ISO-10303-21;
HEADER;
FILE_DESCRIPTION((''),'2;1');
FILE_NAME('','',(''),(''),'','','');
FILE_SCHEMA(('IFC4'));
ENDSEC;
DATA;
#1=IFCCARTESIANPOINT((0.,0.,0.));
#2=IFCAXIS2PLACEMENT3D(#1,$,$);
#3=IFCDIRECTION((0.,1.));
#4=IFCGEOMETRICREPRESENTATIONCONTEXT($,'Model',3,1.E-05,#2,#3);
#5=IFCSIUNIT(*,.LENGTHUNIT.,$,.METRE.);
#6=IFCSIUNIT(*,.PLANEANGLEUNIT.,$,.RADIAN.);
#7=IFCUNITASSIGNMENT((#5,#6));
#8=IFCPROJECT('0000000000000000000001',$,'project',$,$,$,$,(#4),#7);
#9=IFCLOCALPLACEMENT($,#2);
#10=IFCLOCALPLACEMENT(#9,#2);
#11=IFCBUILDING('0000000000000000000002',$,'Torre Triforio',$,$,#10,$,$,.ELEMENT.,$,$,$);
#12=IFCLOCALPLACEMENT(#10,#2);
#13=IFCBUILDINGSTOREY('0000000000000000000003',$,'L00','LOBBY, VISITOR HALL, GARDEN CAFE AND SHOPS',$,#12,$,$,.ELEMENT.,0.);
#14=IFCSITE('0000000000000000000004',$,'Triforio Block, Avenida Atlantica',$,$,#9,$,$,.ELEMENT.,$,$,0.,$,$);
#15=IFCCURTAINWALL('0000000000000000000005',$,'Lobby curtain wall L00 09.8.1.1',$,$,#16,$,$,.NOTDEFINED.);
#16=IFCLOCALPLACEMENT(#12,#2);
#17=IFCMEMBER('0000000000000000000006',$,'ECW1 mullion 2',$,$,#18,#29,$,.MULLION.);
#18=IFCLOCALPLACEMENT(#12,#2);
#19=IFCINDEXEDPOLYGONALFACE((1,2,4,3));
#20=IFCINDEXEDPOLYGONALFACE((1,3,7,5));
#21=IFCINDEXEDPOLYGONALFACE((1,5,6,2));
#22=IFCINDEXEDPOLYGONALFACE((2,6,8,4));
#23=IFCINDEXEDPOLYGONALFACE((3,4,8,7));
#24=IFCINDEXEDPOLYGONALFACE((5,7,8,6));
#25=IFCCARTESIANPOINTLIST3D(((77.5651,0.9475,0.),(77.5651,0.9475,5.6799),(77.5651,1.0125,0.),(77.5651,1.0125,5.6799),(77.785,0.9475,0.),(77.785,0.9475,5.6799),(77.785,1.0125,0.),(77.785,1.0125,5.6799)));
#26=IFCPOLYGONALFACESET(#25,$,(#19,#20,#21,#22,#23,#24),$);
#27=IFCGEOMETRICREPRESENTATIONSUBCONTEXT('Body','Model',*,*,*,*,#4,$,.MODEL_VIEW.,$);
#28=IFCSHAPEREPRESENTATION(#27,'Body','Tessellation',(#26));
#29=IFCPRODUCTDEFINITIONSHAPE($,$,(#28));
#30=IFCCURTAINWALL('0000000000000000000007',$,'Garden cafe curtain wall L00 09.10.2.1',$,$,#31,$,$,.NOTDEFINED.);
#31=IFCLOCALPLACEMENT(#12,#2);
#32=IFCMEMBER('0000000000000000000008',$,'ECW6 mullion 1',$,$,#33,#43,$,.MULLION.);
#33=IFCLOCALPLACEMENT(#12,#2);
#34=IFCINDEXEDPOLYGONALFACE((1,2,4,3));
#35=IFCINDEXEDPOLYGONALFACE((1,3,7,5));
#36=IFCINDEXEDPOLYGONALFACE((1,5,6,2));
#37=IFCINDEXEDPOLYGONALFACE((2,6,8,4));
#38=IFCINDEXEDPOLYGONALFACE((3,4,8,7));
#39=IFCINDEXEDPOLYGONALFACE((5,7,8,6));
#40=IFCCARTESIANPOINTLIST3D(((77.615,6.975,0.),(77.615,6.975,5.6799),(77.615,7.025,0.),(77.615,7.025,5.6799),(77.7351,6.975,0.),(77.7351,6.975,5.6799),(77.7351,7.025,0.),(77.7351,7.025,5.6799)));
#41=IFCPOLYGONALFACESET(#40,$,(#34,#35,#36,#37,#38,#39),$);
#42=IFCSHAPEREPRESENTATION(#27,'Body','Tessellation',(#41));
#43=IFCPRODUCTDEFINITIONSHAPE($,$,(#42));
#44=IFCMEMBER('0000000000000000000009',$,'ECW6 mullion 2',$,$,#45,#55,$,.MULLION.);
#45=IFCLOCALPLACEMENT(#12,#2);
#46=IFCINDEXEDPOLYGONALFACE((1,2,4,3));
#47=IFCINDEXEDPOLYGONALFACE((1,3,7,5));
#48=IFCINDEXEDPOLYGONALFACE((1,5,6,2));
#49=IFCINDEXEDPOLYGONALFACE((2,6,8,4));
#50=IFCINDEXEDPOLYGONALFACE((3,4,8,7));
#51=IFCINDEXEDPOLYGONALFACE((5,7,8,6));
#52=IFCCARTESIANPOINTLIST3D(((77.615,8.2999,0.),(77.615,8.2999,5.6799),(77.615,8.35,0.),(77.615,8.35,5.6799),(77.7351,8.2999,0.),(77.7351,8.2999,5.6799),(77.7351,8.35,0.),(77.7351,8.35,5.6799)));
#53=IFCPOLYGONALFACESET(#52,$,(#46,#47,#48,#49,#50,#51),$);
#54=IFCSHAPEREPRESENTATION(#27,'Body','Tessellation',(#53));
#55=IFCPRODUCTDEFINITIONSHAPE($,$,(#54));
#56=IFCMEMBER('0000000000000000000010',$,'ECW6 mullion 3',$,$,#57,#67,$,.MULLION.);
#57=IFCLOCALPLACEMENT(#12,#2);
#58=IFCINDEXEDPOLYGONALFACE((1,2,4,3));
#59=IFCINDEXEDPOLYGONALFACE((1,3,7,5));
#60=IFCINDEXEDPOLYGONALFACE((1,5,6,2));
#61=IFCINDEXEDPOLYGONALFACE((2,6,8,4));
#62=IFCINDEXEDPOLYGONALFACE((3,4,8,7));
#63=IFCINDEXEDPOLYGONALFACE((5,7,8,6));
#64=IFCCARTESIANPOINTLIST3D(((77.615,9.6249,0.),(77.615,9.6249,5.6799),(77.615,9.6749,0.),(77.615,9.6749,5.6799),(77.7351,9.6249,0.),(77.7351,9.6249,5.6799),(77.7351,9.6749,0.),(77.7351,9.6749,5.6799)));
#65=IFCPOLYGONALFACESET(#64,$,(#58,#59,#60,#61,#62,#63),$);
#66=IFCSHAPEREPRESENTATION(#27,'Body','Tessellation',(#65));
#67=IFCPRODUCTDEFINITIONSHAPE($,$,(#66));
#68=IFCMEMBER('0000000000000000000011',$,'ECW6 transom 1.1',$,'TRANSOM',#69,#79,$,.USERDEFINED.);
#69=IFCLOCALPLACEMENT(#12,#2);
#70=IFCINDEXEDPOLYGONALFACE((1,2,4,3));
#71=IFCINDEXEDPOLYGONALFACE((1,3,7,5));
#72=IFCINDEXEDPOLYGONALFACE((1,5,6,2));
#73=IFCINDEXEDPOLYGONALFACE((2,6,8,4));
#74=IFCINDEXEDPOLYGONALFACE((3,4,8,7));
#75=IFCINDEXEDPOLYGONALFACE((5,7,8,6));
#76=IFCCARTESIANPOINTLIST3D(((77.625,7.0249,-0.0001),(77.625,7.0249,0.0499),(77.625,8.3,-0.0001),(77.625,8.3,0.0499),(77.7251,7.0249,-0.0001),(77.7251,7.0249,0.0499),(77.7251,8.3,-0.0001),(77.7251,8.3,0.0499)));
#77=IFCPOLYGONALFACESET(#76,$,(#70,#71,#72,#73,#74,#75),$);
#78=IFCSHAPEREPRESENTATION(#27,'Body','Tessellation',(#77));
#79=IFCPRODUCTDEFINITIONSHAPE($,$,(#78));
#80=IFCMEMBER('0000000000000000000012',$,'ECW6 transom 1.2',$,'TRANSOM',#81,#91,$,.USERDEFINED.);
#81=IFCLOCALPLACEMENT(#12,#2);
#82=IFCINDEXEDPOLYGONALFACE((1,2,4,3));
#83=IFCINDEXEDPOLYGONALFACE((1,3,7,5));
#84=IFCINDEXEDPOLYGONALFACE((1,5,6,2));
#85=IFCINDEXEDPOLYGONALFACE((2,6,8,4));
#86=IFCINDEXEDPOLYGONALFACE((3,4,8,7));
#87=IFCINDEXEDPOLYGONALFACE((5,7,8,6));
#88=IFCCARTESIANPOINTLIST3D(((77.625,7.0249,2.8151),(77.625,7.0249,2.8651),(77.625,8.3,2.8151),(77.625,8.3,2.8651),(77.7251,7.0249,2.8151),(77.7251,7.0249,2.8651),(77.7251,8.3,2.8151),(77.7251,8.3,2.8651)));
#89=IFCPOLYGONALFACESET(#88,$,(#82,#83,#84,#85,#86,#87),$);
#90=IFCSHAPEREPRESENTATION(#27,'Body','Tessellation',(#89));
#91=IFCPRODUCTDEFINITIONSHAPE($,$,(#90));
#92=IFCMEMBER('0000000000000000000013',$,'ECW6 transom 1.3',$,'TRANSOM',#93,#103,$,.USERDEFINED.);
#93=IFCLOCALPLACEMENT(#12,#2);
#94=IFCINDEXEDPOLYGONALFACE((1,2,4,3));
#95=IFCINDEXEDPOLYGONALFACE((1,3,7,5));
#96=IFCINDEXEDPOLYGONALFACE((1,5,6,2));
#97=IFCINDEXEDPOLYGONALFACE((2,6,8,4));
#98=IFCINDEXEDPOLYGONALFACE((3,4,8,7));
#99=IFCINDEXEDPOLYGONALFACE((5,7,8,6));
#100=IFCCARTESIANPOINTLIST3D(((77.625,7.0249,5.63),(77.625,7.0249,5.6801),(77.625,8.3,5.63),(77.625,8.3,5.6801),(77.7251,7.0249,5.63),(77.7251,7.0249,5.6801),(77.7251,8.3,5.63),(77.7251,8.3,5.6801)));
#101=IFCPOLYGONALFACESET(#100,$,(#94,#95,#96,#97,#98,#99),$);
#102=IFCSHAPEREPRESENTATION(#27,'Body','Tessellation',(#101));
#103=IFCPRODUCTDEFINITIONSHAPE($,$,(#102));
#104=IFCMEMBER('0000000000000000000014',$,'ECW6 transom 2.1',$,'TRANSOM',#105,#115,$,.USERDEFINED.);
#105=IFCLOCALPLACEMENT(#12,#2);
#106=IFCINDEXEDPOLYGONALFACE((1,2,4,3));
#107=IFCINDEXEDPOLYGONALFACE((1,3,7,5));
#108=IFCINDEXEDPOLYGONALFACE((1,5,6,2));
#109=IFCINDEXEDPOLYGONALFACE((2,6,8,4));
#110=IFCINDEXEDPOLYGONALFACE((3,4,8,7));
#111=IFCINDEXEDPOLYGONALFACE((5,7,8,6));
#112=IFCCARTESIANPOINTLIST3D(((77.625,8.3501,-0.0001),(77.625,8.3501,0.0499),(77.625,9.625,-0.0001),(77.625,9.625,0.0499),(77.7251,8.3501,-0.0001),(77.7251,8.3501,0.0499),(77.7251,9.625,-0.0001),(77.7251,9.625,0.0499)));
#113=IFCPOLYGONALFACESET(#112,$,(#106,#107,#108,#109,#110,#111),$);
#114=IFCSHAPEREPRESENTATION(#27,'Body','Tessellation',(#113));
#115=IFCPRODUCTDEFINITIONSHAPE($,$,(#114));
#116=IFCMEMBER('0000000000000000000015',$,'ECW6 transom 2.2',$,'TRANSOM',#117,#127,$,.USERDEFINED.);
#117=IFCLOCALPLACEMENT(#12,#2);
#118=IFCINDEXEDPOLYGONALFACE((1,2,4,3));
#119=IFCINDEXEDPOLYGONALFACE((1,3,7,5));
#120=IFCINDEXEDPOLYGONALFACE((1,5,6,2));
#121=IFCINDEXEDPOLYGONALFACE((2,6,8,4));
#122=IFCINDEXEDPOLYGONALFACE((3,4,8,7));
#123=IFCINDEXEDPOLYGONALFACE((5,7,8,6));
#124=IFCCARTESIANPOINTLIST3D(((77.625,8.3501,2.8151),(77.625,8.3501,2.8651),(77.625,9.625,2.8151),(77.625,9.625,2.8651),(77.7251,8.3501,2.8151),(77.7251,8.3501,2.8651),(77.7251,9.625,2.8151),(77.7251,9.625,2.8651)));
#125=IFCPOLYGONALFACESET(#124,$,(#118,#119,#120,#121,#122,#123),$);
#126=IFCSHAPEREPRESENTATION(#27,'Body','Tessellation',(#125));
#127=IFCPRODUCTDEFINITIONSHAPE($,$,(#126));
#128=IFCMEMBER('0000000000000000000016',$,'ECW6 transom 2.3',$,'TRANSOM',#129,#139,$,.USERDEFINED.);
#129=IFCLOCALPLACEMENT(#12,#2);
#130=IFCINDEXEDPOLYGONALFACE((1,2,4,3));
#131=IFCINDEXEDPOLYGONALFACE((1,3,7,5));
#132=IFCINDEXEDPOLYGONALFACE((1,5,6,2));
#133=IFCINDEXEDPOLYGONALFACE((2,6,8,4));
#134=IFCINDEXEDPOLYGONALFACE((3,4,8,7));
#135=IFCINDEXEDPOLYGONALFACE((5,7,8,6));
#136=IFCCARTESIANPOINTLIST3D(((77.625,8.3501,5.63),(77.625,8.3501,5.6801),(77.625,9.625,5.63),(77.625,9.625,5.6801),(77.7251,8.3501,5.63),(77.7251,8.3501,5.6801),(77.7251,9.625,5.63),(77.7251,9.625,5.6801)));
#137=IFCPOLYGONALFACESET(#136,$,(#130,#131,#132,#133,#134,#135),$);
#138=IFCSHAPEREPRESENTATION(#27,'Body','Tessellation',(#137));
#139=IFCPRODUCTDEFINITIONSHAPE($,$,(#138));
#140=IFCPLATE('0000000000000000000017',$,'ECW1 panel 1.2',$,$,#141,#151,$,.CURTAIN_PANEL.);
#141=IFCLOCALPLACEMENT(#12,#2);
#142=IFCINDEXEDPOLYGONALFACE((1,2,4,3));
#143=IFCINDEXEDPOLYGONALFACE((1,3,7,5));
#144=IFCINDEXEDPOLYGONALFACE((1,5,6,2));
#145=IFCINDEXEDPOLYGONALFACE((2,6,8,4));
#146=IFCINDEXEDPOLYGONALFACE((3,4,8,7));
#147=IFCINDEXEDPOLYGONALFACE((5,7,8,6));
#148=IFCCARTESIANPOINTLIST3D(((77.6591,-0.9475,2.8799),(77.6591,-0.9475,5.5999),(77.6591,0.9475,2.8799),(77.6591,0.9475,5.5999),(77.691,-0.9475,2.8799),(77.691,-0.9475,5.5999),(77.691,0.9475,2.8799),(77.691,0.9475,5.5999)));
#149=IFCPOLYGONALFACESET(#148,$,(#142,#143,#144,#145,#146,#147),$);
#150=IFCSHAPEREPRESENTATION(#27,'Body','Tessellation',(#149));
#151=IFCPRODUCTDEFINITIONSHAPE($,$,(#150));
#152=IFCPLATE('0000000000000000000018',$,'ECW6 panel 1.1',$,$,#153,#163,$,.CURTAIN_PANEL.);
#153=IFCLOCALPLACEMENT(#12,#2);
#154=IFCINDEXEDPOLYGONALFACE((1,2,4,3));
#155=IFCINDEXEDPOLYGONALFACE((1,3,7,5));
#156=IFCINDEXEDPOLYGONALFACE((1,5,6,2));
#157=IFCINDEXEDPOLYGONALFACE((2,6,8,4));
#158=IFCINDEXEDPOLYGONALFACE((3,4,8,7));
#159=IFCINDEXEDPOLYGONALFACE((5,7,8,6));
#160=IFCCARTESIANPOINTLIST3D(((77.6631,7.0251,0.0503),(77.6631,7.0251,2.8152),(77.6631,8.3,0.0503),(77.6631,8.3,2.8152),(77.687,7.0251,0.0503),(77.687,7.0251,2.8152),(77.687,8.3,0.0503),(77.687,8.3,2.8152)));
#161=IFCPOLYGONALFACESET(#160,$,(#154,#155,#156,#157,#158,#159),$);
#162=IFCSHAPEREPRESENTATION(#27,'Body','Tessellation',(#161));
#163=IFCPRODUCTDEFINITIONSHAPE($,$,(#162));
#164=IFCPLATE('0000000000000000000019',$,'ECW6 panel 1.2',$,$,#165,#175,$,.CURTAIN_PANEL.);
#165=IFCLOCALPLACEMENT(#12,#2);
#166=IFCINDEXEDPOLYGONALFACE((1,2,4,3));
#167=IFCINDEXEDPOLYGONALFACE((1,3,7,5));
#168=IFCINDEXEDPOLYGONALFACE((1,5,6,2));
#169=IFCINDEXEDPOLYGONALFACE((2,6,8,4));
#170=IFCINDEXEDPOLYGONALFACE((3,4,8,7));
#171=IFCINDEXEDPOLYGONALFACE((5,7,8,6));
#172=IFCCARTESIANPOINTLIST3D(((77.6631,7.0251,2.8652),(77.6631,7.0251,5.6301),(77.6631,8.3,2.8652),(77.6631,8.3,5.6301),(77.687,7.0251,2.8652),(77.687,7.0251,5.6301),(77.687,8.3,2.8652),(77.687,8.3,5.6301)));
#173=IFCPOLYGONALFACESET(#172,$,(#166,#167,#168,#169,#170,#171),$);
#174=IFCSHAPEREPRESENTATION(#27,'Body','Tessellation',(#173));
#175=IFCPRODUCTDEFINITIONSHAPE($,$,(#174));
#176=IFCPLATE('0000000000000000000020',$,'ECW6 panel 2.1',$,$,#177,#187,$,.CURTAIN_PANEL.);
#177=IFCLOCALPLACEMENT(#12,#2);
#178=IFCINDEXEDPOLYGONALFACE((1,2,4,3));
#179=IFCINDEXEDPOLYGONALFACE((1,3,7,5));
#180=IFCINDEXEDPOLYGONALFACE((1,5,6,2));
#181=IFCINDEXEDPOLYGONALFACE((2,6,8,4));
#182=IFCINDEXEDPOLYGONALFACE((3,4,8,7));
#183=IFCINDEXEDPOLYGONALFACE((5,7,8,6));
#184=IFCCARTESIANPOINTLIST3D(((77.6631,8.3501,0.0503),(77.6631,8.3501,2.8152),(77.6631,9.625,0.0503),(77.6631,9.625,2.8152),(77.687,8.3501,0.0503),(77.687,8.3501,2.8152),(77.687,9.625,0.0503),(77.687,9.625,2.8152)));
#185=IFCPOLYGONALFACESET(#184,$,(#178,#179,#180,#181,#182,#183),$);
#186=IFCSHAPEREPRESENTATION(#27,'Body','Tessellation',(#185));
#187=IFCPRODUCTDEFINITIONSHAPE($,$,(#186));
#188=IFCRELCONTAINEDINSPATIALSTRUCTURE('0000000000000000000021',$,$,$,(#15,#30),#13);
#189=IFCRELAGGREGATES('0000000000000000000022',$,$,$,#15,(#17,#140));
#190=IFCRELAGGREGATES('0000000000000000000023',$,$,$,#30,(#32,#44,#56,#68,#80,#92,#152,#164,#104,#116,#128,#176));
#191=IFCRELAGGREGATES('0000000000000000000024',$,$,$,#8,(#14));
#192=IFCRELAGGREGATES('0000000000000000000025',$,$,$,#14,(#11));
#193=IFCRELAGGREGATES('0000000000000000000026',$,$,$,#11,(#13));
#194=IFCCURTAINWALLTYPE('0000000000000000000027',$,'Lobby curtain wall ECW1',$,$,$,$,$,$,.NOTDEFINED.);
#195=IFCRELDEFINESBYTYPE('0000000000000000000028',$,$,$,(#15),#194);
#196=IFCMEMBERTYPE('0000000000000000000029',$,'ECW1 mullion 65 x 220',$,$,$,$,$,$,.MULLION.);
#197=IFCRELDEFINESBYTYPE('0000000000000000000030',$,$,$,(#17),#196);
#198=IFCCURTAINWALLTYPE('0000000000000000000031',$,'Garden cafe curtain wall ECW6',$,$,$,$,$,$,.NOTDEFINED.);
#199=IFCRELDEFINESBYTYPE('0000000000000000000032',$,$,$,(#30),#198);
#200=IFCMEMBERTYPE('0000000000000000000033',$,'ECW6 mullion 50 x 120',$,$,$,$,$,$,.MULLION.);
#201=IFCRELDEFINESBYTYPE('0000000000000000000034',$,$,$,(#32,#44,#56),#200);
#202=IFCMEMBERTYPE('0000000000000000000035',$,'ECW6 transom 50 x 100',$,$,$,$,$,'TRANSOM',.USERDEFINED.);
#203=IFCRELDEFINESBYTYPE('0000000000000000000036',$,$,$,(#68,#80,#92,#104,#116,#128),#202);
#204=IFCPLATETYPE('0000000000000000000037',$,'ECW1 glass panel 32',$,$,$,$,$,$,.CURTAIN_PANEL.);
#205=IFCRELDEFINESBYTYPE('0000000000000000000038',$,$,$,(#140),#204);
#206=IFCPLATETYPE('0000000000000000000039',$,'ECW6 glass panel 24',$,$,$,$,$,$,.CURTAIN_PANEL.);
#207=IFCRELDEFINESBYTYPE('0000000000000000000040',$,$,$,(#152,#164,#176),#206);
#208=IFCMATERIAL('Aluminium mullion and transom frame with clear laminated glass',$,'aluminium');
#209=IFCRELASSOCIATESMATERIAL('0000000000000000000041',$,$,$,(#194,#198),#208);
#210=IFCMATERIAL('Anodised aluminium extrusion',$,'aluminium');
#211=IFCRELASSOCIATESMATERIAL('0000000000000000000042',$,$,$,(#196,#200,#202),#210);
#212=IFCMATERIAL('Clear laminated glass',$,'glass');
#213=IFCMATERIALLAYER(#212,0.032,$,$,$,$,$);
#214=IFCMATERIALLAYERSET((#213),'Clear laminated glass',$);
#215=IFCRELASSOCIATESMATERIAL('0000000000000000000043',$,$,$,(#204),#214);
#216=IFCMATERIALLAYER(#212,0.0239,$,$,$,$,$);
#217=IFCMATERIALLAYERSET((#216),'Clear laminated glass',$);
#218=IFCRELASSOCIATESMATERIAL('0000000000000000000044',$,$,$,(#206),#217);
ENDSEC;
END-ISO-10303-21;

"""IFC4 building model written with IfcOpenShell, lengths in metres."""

from ifc_helpers import new_model, si_unit, direction, frame, origin, origin_2d, place, context, subcontext, project, spatial, rectangle, extrude, material, layer, layer_set, material_profile, profile_set, type_object, element, aggregate, save


model = new_model("IFC4")

# Units and contexts
model_context = context("Model", 3, precision=1e-05, world=origin(), true_north=direction((0.0, 1.0)))
body_context = subcontext(model_context, "Body", "Model", "MODEL_VIEW")
ifc_project = project(units=[si_unit("LENGTHUNIT", "METRE"), si_unit("PLANEANGLEUNIT", "RADIAN")], contexts=[model_context])

# Site, building, storey
site_placement = place(None, origin())
site = spatial("IfcSite", under=ifc_project, at=site_placement, Name="Triforio Block, Avenida Atlantica", CompositionType="ELEMENT", RefElevation=0.0)
building_placement = place(site_placement, origin())
building = spatial("IfcBuilding", under=site, at=building_placement, Name="Torre Triforio", CompositionType="ELEMENT")
storey_placement = place(building_placement, origin())
storey = spatial("IfcBuildingStorey", under=building, at=storey_placement, Name="L00", Description="LOBBY, VISITOR HALL, GARDEN CAFE AND SHOPS", CompositionType="ELEMENT", Elevation=0.0)

# Curtain wall, member
ifc_material_1 = material(Name="Aluminium mullion and transom frame with clear laminated glass", Category="aluminium")
curtain_wall_type_1 = type_object("IfcCurtainWallType", Name="Lobby curtain wall ECW1", PredefinedType="NOTDEFINED", material=ifc_material_1)
curtain_wall_1_placement = place(storey_placement, origin())
curtain_wall_1 = element("IfcCurtainWall", 1, at=curtain_wall_1_placement, inside=storey, type_object=curtain_wall_type_1, Name="Lobby curtain wall L00 09.8.1.1", PredefinedType="NOTDEFINED")
ifc_material_2 = material(Name="Anodised aluminium extrusion", Category="aluminium")
ifc_material_profile_1 = material_profile(ifc_material_2, rectangle(XDim=0.22, YDim=0.0649, at=origin_2d()), Name="ECW1 MULLION 65x220")
ifc_profile_set_1 = profile_set([ifc_material_profile_1], Name="Anodised aluminium extrusion")
member_type_1 = type_object("IfcMemberType", Name="ECW1 mullion 65 x 220", PredefinedType="MULLION", material=ifc_profile_set_1)
member_1_placement = place(storey_placement, frame((77.675, 0.98, 0.0), z_axis=(0.0, 0.0, 1.0), x_axis=(-1.0, 0.0, 0.0)))
member_1 = element("IfcMember", 2, at=member_1_placement, type_object=member_type_1, Name="ECW1 mullion 2", PredefinedType="MULLION", context=body_context, shape_type="SweptSolid", body=[
    extrude(rectangle(XDim=0.22, YDim=0.0649, at=origin_2d()), origin(), (0.0, 0.0, 1.0), 5.6799),
])

# Curtain wall, members
curtain_wall_type_2 = type_object("IfcCurtainWallType", Name="Garden cafe curtain wall ECW6", PredefinedType="NOTDEFINED", material=ifc_material_1)
curtain_wall_2_placement = place(storey_placement, origin())
curtain_wall_2 = element("IfcCurtainWall", 3, at=curtain_wall_2_placement, inside=storey, type_object=curtain_wall_type_2, Name="Garden cafe curtain wall L00 09.10.2.1", PredefinedType="NOTDEFINED")
ifc_material_profile_2 = material_profile(ifc_material_2, rectangle(XDim=0.1201, YDim=0.05, at=origin_2d()), Name="ECW6 MULLION 50x120")
ifc_profile_set_2 = profile_set([ifc_material_profile_2], Name="Anodised aluminium extrusion")
member_type_2 = type_object("IfcMemberType", Name="ECW6 mullion 50 x 120", PredefinedType="MULLION", material=ifc_profile_set_2)
member_2_placement = place(storey_placement, frame((77.675, 7.0, 0.0), z_axis=(0.0, 0.0, 1.0), x_axis=(-1.0, 0.0, 0.0)))
member_2 = element("IfcMember", 4, at=member_2_placement, type_object=member_type_2, Name="ECW6 mullion 1", PredefinedType="MULLION", context=body_context, shape_type="SweptSolid", body=[
    extrude(rectangle(XDim=0.1201, YDim=0.05, at=origin_2d()), origin(), (0.0, 0.0, 1.0), 5.6799),
])
member_3_placement = place(storey_placement, frame((77.675, 8.325, 0.0), z_axis=(0.0, 0.0, 1.0), x_axis=(-1.0, 0.0, 0.0)))
member_3 = element("IfcMember", 5, at=member_3_placement, type_object=member_type_2, Name="ECW6 mullion 2", PredefinedType="MULLION", context=body_context, shape_type="SweptSolid", body=[
    extrude(rectangle(XDim=0.1201, YDim=0.05, at=origin_2d()), origin(), (0.0, 0.0, 1.0), 5.6799),
])
member_4_placement = place(storey_placement, frame((77.675, 9.6499, 0.0), z_axis=(0.0, 0.0, 1.0), x_axis=(-1.0, 0.0, 0.0)))
member_4 = element("IfcMember", 6, at=member_4_placement, type_object=member_type_2, Name="ECW6 mullion 3", PredefinedType="MULLION", context=body_context, shape_type="SweptSolid", body=[
    extrude(rectangle(XDim=0.1201, YDim=0.05, at=origin_2d()), origin(), (0.0, 0.0, 1.0), 5.6799),
])
ifc_material_profile_3 = material_profile(ifc_material_2, rectangle(XDim=0.1001, YDim=0.05, at=origin_2d()), Name="ECW6 TRANSOM 50x100")
ifc_profile_set_3 = profile_set([ifc_material_profile_3], Name="Anodised aluminium extrusion")
member_type_3 = type_object("IfcMemberType", Name="ECW6 transom 50 x 100", ElementType="TRANSOM", PredefinedType="USERDEFINED", material=ifc_profile_set_3)
member_5_placement = place(storey_placement, frame((77.675, 7.0249, 0.0249), z_axis=(0.0, 1.0, 0.0), x_axis=(-1.0, 0.0, 0.0)))
member_5 = element("IfcMember", 7, at=member_5_placement, type_object=member_type_3, Name="ECW6 transom 1.1", ObjectType="TRANSOM", PredefinedType="USERDEFINED", context=body_context, shape_type="SweptSolid", body=[
    extrude(rectangle(XDim=0.1001, YDim=0.05, at=origin_2d()), origin(), (0.0, 0.0, 1.0), 1.2751),
])
member_6_placement = place(storey_placement, frame((77.675, 7.0249, 2.8401), z_axis=(0.0, 1.0, 0.0), x_axis=(-1.0, 0.0, 0.0)))
member_6 = element("IfcMember", 8, at=member_6_placement, type_object=member_type_3, Name="ECW6 transom 1.2", ObjectType="TRANSOM", PredefinedType="USERDEFINED", context=body_context, shape_type="SweptSolid", body=[
    extrude(rectangle(XDim=0.1001, YDim=0.05, at=origin_2d()), origin(), (0.0, 0.0, 1.0), 1.2751),
])
member_7_placement = place(storey_placement, frame((77.675, 7.0249, 5.655), z_axis=(0.0, 1.0, 0.0), x_axis=(-1.0, 0.0, 0.0)))
member_7 = element("IfcMember", 9, at=member_7_placement, type_object=member_type_3, Name="ECW6 transom 1.3", ObjectType="TRANSOM", PredefinedType="USERDEFINED", context=body_context, shape_type="SweptSolid", body=[
    extrude(rectangle(XDim=0.1001, YDim=0.05, at=origin_2d()), origin(), (0.0, 0.0, 1.0), 1.2751),
])
member_8_placement = place(storey_placement, frame((77.675, 8.3501, 0.0249), z_axis=(0.0, 1.0, 0.0), x_axis=(-1.0, 0.0, 0.0)))
member_8 = element("IfcMember", 10, at=member_8_placement, type_object=member_type_3, Name="ECW6 transom 2.1", ObjectType="TRANSOM", PredefinedType="USERDEFINED", context=body_context, shape_type="SweptSolid", body=[
    extrude(rectangle(XDim=0.1001, YDim=0.05, at=origin_2d()), origin(), (0.0, 0.0, 1.0), 1.2749),
])
member_9_placement = place(storey_placement, frame((77.675, 8.3501, 2.8401), z_axis=(0.0, 1.0, 0.0), x_axis=(-1.0, 0.0, 0.0)))
member_9 = element("IfcMember", 11, at=member_9_placement, type_object=member_type_3, Name="ECW6 transom 2.2", ObjectType="TRANSOM", PredefinedType="USERDEFINED", context=body_context, shape_type="SweptSolid", body=[
    extrude(rectangle(XDim=0.1001, YDim=0.05, at=origin_2d()), origin(), (0.0, 0.0, 1.0), 1.2749),
])
member_10_placement = place(storey_placement, frame((77.675, 8.3501, 5.655), z_axis=(0.0, 1.0, 0.0), x_axis=(-1.0, 0.0, 0.0)))
member_10 = element("IfcMember", 12, at=member_10_placement, type_object=member_type_3, Name="ECW6 transom 2.3", ObjectType="TRANSOM", PredefinedType="USERDEFINED", context=body_context, shape_type="SweptSolid", body=[
    extrude(rectangle(XDim=0.1001, YDim=0.05, at=origin_2d()), origin(), (0.0, 0.0, 1.0), 1.2749),
])

# Plates
ifc_material_3 = material(Name="Clear laminated glass", Category="glass")
ifc_layer_1 = layer(ifc_material_3, 0.032)
ifc_layer_set_1 = layer_set([ifc_layer_1], Name="Clear laminated glass")
plate_type_1 = type_object("IfcPlateType", Name="ECW1 glass panel 32", PredefinedType="CURTAIN_PANEL", material=ifc_layer_set_1)
plate_1_placement = place(storey_placement, frame((77.675, 0.0, 2.8799), z_axis=(0.0, 0.0, 1.0), x_axis=(0.0, 1.0, 0.0)))
plate_1 = element("IfcPlate", 13, at=plate_1_placement, type_object=plate_type_1, Name="ECW1 panel 1.2", PredefinedType="CURTAIN_PANEL", context=body_context, shape_type="SweptSolid", body=[
    extrude(rectangle(XDim=1.895, YDim=0.032, at=origin_2d()), origin(), (0.0, 0.0, 1.0), 2.72),
])
aggregate(curtain_wall_1, [member_1, plate_1])
ifc_layer_2 = layer(ifc_material_3, 0.0239)
ifc_layer_set_2 = layer_set([ifc_layer_2], Name="Clear laminated glass")
plate_type_2 = type_object("IfcPlateType", Name="ECW6 glass panel 24", PredefinedType="CURTAIN_PANEL", material=ifc_layer_set_2)
plate_2_placement = place(storey_placement, frame((77.675, 7.6626, 0.0503), z_axis=(0.0, 0.0, 1.0), x_axis=(0.0, 1.0, 0.0)))
plate_2 = element("IfcPlate", 14, at=plate_2_placement, type_object=plate_type_2, Name="ECW6 panel 1.1", PredefinedType="CURTAIN_PANEL", context=body_context, shape_type="SweptSolid", body=[
    extrude(rectangle(XDim=1.2749, YDim=0.0239, at=origin_2d()), origin(), (0.0, 0.0, 1.0), 2.7649),
])
plate_3_placement = place(storey_placement, frame((77.675, 7.6626, 2.8652), z_axis=(0.0, 0.0, 1.0), x_axis=(0.0, 1.0, 0.0)))
plate_3 = element("IfcPlate", 15, at=plate_3_placement, type_object=plate_type_2, Name="ECW6 panel 1.2", PredefinedType="CURTAIN_PANEL", context=body_context, shape_type="SweptSolid", body=[
    extrude(rectangle(XDim=1.2749, YDim=0.0239, at=origin_2d()), origin(), (0.0, 0.0, 1.0), 2.7649),
])
plate_4_placement = place(storey_placement, frame((77.675, 8.9875, 0.0503), z_axis=(0.0, 0.0, 1.0), x_axis=(0.0, 1.0, 0.0)))
plate_4 = element("IfcPlate", 16, at=plate_4_placement, type_object=plate_type_2, Name="ECW6 panel 2.1", PredefinedType="CURTAIN_PANEL", context=body_context, shape_type="SweptSolid", body=[
    extrude(rectangle(XDim=1.2749, YDim=0.0239, at=origin_2d()), origin(), (0.0, 0.0, 1.0), 2.7649),
])
aggregate(curtain_wall_2, [member_2, member_3, member_4, member_5, member_6, member_7, plate_2, plate_3, member_8, member_9, member_10, plate_4])

save(model, "model.ifc")
